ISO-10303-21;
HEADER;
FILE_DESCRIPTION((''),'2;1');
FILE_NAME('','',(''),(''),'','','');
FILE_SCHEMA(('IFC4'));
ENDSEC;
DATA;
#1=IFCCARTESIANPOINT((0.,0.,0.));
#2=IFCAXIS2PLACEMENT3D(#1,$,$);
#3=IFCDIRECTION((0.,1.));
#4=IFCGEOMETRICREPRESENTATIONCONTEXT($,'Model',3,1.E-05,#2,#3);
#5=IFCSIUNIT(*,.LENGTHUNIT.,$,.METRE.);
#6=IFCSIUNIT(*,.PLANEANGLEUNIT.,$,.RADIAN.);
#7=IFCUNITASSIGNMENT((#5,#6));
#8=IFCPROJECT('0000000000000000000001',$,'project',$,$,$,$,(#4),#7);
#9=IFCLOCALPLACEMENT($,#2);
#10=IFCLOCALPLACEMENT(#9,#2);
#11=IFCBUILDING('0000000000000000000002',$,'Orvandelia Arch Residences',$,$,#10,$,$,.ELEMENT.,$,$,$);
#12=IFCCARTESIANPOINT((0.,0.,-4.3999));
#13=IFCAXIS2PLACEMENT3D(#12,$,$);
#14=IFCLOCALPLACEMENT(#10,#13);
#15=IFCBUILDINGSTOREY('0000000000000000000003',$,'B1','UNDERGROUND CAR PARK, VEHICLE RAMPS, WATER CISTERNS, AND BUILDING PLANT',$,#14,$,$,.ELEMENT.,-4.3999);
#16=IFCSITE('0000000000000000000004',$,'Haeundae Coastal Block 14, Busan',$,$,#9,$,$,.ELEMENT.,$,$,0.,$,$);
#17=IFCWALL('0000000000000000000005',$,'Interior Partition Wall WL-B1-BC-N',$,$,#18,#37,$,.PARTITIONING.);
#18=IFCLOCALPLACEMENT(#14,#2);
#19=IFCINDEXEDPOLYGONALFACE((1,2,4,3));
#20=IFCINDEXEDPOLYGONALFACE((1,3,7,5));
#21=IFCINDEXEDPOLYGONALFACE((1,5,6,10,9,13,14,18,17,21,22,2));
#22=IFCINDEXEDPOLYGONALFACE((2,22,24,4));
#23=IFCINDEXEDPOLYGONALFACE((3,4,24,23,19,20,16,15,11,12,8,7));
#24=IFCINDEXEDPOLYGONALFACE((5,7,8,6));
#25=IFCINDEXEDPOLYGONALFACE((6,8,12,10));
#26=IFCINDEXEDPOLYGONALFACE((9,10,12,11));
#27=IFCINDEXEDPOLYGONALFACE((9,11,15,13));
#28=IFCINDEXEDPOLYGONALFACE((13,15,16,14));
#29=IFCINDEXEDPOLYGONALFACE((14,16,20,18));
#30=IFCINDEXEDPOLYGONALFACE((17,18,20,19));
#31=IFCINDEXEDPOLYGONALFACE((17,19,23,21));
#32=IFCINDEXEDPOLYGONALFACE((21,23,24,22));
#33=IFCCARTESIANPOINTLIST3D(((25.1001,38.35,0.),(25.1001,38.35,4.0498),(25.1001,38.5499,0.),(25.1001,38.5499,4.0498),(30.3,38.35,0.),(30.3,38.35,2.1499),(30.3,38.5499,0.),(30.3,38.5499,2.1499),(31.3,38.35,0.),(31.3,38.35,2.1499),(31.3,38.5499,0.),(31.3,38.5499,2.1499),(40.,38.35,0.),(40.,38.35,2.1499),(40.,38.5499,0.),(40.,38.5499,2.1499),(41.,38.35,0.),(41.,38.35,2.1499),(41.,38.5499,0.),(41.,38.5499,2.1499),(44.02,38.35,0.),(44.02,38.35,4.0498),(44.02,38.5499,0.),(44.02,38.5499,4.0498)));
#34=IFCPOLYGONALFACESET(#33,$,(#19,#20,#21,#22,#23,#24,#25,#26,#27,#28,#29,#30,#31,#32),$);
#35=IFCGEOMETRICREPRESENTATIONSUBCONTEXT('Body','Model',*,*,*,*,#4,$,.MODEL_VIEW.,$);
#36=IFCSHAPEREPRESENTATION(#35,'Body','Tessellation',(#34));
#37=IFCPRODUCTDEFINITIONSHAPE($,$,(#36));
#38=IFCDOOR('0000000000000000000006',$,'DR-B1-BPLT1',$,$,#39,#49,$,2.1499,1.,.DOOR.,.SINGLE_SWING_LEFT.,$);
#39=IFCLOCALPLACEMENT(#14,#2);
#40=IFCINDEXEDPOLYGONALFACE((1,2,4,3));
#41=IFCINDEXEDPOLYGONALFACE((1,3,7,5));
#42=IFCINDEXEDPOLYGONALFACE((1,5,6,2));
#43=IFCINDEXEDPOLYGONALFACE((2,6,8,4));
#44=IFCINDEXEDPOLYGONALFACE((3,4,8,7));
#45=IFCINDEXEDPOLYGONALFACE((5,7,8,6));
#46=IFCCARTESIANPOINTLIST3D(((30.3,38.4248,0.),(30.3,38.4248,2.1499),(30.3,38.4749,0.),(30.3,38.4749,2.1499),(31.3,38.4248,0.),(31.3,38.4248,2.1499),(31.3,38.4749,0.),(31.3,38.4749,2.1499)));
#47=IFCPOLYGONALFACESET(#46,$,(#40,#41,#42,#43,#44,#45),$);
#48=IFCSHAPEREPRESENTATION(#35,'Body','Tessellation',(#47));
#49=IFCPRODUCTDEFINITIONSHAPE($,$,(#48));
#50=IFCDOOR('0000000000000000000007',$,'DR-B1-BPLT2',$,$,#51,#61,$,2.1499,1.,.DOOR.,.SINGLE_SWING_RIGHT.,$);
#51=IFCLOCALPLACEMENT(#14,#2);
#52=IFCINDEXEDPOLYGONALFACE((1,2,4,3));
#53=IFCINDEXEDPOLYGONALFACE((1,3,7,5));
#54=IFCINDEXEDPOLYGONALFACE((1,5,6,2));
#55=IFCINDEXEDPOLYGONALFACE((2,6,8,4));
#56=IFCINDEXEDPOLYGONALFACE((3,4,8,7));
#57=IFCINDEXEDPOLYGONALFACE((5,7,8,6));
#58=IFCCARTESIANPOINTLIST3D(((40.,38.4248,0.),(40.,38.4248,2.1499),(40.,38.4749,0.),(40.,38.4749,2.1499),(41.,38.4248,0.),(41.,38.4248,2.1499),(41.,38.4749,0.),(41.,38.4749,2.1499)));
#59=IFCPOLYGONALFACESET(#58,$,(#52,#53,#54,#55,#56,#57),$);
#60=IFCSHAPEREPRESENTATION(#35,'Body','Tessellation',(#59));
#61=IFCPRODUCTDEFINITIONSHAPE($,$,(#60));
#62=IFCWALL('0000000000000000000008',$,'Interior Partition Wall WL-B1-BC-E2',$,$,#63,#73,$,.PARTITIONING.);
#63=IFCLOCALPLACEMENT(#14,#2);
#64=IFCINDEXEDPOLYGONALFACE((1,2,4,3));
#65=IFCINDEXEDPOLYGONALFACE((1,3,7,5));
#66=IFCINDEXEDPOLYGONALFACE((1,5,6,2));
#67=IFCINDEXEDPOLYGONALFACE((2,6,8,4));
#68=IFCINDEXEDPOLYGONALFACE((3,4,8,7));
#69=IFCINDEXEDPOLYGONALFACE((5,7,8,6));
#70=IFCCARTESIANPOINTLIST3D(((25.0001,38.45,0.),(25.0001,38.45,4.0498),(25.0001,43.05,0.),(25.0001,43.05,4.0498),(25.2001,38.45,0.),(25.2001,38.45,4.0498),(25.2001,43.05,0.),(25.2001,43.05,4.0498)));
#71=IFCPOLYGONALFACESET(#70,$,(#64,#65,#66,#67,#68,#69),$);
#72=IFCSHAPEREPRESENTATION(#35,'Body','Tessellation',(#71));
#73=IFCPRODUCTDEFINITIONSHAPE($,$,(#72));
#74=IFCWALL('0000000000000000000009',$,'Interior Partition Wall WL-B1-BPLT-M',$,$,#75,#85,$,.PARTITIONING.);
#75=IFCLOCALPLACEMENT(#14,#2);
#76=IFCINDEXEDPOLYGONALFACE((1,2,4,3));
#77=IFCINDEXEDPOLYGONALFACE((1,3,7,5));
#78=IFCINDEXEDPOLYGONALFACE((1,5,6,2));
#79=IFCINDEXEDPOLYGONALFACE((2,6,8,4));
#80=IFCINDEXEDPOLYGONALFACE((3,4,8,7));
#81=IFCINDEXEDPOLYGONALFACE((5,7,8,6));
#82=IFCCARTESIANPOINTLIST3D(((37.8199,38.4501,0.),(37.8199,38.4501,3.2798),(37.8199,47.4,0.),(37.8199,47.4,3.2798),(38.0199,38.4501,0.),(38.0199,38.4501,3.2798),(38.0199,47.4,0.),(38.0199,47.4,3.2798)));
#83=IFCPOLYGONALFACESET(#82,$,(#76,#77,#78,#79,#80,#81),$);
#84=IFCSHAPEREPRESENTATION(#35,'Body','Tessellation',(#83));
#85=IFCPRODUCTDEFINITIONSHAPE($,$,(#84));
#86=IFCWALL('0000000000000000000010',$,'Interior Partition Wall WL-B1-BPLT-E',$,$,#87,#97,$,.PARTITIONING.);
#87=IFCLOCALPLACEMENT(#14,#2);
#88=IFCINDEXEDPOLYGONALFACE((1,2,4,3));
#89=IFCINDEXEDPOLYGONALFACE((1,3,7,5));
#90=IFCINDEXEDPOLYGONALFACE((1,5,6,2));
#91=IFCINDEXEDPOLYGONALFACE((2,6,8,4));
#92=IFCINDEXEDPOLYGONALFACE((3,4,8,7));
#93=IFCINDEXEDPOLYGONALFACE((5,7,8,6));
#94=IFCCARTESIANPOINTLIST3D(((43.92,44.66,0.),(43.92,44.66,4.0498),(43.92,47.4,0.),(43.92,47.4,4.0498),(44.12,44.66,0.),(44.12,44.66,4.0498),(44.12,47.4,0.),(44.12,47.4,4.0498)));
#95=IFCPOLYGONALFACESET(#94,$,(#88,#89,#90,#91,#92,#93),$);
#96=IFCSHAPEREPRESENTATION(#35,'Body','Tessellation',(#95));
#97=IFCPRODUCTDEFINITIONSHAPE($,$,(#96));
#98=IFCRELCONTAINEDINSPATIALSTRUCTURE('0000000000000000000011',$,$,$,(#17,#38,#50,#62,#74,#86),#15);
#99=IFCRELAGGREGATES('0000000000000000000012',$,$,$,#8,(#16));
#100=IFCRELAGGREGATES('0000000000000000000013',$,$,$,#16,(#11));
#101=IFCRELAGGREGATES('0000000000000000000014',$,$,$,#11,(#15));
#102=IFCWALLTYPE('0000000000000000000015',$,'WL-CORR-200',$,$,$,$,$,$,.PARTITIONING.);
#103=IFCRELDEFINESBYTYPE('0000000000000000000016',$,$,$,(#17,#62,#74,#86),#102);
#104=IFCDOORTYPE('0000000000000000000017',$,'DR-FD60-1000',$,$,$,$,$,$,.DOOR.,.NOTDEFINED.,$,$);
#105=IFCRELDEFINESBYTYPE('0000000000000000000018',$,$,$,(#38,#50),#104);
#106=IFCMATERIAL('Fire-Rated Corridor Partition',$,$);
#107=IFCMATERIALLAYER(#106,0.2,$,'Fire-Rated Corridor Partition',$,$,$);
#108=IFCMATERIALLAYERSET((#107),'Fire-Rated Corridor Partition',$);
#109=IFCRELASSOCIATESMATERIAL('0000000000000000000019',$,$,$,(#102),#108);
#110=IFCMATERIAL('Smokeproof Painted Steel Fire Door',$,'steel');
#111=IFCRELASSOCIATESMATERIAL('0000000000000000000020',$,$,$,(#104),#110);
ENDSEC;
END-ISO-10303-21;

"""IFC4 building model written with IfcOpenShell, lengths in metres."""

from ifc_helpers import new_model, si_unit, direction, frame, frame_2d, origin, place, context, subcontext, project, spatial, rectangle, extrude, material, layer, layer_set, type_object, element, fill, save


model = new_model("IFC4")

# Units and contexts
model_context = context("Model", 3, precision=1e-05, world=origin(), true_north=direction((0.0, 1.0)))
body_context = subcontext(model_context, "Body", "Model", "MODEL_VIEW")
ifc_project = project(units=[si_unit("LENGTHUNIT", "METRE"), si_unit("PLANEANGLEUNIT", "RADIAN")], contexts=[model_context])

# Site, building, storey
site_placement = place(None, origin())
site = spatial("IfcSite", under=ifc_project, at=site_placement, Name="Haeundae Coastal Block 14, Busan", CompositionType="ELEMENT", RefElevation=0.0)
building_placement = place(site_placement, origin())
building = spatial("IfcBuilding", under=site, at=building_placement, Name="Orvandelia Arch Residences", CompositionType="ELEMENT")
storey_placement = place(building_placement, frame((0.0, 0.0, -4.3999)))
storey = spatial("IfcBuildingStorey", under=building, at=storey_placement, Name="B1", Description="UNDERGROUND CAR PARK, VEHICLE RAMPS, WATER CISTERNS, AND BUILDING PLANT", CompositionType="ELEMENT", Elevation=-4.3999)

# Shared definitions
ifc_material_1 = material(Name="Fire-Rated Corridor Partition")
ifc_layer_1 = layer(ifc_material_1, 0.2, Name="Fire-Rated Corridor Partition")
ifc_layer_set_1 = layer_set([ifc_layer_1], Name="Fire-Rated Corridor Partition")
wall_type_1 = type_object("IfcWallType", Name="WL-CORR-200", PredefinedType="PARTITIONING", material=ifc_layer_set_1)
ifc_material_2 = material(Name="Smokeproof Painted Steel Fire Door", Category="steel")
door_type_1 = type_object("IfcDoorType", Name="DR-FD60-1000", OperationType="NOTDEFINED", PredefinedType="DOOR", material=ifc_material_2)

# Wall, openings, doors
wall_1_placement = place(storey_placement, frame((25.1001, 38.45, 0.0), z_axis=(0.0, 0.0, 1.0), x_axis=(1.0, 0.0, 0.0)))
wall_1 = element("IfcWall", 1, at=wall_1_placement, inside=storey, type_object=wall_type_1, Name="Interior Partition Wall WL-B1-BC-N", PredefinedType="PARTITIONING", context=body_context, shape_type="SweptSolid", body=[
    extrude(rectangle(XDim=18.9199, YDim=0.2, at=frame_2d((9.46, 0.0))), origin(), (0.0, 0.0, 1.0), 4.0498),
])
opening_1_placement = place(wall_1_placement, frame((5.2, 0.0, 0.0)))
opening_1 = element("IfcOpeningElement", 2, at=opening_1_placement, cuts=wall_1, PredefinedType="OPENING", context=body_context, shape_type="SweptSolid", body=[
    extrude(rectangle(XDim=1.0, YDim=2.1499, at=frame_2d((0.5, 1.075))), frame((0.0, 0.1099, 0.0), z_axis=(0.0, -1.0, 0.0), x_axis=(1.0, 0.0, 0.0)), (0.0, 0.0, 1.0), 0.22),
])
opening_2_placement = place(wall_1_placement, frame((14.8999, 0.0, 0.0)))
opening_2 = element("IfcOpeningElement", 3, at=opening_2_placement, cuts=wall_1, PredefinedType="OPENING", context=body_context, shape_type="SweptSolid", body=[
    extrude(rectangle(XDim=1.0, YDim=2.1499, at=frame_2d((0.5, 1.075))), frame((0.0, 0.1099, 0.0), z_axis=(0.0, -1.0, 0.0), x_axis=(1.0, 0.0, 0.0)), (0.0, 0.0, 1.0), 0.22),
])
door_1_placement = place(opening_1_placement, origin())
door_1 = element("IfcDoor", 4, at=door_1_placement, inside=storey, type_object=door_type_1, Name="DR-B1-BPLT1", OperationType="SINGLE_SWING_LEFT", OverallHeight=2.1499, OverallWidth=1.0, PredefinedType="DOOR", context=body_context, shape_type="SweptSolid", body=[
    extrude(rectangle(XDim=1.0, YDim=2.1499, at=frame_2d((0.5, 1.075))), frame((0.0, 0.0249, 0.0), z_axis=(0.0, -1.0, 0.0), x_axis=(1.0, 0.0, 0.0)), (0.0, 0.0, 1.0), 0.05),
])
fill(opening_1, door_1)
door_2_placement = place(opening_2_placement, origin())
door_2 = element("IfcDoor", 5, at=door_2_placement, inside=storey, type_object=door_type_1, Name="DR-B1-BPLT2", OperationType="SINGLE_SWING_RIGHT", OverallHeight=2.1499, OverallWidth=1.0, PredefinedType="DOOR", context=body_context, shape_type="SweptSolid", body=[
    extrude(rectangle(XDim=1.0, YDim=2.1499, at=frame_2d((0.5, 1.075))), frame((0.0, 0.0249, 0.0), z_axis=(0.0, -1.0, 0.0), x_axis=(1.0, 0.0, 0.0)), (0.0, 0.0, 1.0), 0.05),
])
fill(opening_2, door_2)

# Walls
wall_2_placement = place(storey_placement, frame((25.1001, 38.45, 0.0), z_axis=(0.0, 0.0, 1.0), x_axis=(0.0, 1.0, 0.0)))
element("IfcWall", 6, at=wall_2_placement, inside=storey, type_object=wall_type_1, Name="Interior Partition Wall WL-B1-BC-E2", PredefinedType="PARTITIONING", context=body_context, shape_type="SweptSolid", body=[
    extrude(rectangle(XDim=4.6001, YDim=0.2, at=frame_2d((2.3, 0.0))), origin(), (0.0, 0.0, 1.0), 4.0498),
])
wall_3_placement = place(storey_placement, frame((37.9199, 38.45, 0.0), z_axis=(0.0, 0.0, 1.0), x_axis=(0.0, 1.0, 0.0)))
element("IfcWall", 7, at=wall_3_placement, inside=storey, type_object=wall_type_1, Name="Interior Partition Wall WL-B1-BPLT-M", PredefinedType="PARTITIONING", context=body_context, shape_type="SweptSolid", body=[
    extrude(rectangle(XDim=8.95, YDim=0.2, at=frame_2d((4.4751, 0.0))), origin(), (0.0, 0.0, 1.0), 3.2798),
])
wall_4_placement = place(storey_placement, frame((44.02, 44.6599, 0.0), z_axis=(0.0, 0.0, 1.0), x_axis=(0.0, 1.0, 0.0)))
element("IfcWall", 8, at=wall_4_placement, inside=storey, type_object=wall_type_1, Name="Interior Partition Wall WL-B1-BPLT-E", PredefinedType="PARTITIONING", context=body_context, shape_type="SweptSolid", body=[
    extrude(rectangle(XDim=2.74, YDim=0.2, at=frame_2d((1.3701, 0.0))), origin(), (0.0, 0.0, 1.0), 4.0498),
])

save(model, "model.ifc")
